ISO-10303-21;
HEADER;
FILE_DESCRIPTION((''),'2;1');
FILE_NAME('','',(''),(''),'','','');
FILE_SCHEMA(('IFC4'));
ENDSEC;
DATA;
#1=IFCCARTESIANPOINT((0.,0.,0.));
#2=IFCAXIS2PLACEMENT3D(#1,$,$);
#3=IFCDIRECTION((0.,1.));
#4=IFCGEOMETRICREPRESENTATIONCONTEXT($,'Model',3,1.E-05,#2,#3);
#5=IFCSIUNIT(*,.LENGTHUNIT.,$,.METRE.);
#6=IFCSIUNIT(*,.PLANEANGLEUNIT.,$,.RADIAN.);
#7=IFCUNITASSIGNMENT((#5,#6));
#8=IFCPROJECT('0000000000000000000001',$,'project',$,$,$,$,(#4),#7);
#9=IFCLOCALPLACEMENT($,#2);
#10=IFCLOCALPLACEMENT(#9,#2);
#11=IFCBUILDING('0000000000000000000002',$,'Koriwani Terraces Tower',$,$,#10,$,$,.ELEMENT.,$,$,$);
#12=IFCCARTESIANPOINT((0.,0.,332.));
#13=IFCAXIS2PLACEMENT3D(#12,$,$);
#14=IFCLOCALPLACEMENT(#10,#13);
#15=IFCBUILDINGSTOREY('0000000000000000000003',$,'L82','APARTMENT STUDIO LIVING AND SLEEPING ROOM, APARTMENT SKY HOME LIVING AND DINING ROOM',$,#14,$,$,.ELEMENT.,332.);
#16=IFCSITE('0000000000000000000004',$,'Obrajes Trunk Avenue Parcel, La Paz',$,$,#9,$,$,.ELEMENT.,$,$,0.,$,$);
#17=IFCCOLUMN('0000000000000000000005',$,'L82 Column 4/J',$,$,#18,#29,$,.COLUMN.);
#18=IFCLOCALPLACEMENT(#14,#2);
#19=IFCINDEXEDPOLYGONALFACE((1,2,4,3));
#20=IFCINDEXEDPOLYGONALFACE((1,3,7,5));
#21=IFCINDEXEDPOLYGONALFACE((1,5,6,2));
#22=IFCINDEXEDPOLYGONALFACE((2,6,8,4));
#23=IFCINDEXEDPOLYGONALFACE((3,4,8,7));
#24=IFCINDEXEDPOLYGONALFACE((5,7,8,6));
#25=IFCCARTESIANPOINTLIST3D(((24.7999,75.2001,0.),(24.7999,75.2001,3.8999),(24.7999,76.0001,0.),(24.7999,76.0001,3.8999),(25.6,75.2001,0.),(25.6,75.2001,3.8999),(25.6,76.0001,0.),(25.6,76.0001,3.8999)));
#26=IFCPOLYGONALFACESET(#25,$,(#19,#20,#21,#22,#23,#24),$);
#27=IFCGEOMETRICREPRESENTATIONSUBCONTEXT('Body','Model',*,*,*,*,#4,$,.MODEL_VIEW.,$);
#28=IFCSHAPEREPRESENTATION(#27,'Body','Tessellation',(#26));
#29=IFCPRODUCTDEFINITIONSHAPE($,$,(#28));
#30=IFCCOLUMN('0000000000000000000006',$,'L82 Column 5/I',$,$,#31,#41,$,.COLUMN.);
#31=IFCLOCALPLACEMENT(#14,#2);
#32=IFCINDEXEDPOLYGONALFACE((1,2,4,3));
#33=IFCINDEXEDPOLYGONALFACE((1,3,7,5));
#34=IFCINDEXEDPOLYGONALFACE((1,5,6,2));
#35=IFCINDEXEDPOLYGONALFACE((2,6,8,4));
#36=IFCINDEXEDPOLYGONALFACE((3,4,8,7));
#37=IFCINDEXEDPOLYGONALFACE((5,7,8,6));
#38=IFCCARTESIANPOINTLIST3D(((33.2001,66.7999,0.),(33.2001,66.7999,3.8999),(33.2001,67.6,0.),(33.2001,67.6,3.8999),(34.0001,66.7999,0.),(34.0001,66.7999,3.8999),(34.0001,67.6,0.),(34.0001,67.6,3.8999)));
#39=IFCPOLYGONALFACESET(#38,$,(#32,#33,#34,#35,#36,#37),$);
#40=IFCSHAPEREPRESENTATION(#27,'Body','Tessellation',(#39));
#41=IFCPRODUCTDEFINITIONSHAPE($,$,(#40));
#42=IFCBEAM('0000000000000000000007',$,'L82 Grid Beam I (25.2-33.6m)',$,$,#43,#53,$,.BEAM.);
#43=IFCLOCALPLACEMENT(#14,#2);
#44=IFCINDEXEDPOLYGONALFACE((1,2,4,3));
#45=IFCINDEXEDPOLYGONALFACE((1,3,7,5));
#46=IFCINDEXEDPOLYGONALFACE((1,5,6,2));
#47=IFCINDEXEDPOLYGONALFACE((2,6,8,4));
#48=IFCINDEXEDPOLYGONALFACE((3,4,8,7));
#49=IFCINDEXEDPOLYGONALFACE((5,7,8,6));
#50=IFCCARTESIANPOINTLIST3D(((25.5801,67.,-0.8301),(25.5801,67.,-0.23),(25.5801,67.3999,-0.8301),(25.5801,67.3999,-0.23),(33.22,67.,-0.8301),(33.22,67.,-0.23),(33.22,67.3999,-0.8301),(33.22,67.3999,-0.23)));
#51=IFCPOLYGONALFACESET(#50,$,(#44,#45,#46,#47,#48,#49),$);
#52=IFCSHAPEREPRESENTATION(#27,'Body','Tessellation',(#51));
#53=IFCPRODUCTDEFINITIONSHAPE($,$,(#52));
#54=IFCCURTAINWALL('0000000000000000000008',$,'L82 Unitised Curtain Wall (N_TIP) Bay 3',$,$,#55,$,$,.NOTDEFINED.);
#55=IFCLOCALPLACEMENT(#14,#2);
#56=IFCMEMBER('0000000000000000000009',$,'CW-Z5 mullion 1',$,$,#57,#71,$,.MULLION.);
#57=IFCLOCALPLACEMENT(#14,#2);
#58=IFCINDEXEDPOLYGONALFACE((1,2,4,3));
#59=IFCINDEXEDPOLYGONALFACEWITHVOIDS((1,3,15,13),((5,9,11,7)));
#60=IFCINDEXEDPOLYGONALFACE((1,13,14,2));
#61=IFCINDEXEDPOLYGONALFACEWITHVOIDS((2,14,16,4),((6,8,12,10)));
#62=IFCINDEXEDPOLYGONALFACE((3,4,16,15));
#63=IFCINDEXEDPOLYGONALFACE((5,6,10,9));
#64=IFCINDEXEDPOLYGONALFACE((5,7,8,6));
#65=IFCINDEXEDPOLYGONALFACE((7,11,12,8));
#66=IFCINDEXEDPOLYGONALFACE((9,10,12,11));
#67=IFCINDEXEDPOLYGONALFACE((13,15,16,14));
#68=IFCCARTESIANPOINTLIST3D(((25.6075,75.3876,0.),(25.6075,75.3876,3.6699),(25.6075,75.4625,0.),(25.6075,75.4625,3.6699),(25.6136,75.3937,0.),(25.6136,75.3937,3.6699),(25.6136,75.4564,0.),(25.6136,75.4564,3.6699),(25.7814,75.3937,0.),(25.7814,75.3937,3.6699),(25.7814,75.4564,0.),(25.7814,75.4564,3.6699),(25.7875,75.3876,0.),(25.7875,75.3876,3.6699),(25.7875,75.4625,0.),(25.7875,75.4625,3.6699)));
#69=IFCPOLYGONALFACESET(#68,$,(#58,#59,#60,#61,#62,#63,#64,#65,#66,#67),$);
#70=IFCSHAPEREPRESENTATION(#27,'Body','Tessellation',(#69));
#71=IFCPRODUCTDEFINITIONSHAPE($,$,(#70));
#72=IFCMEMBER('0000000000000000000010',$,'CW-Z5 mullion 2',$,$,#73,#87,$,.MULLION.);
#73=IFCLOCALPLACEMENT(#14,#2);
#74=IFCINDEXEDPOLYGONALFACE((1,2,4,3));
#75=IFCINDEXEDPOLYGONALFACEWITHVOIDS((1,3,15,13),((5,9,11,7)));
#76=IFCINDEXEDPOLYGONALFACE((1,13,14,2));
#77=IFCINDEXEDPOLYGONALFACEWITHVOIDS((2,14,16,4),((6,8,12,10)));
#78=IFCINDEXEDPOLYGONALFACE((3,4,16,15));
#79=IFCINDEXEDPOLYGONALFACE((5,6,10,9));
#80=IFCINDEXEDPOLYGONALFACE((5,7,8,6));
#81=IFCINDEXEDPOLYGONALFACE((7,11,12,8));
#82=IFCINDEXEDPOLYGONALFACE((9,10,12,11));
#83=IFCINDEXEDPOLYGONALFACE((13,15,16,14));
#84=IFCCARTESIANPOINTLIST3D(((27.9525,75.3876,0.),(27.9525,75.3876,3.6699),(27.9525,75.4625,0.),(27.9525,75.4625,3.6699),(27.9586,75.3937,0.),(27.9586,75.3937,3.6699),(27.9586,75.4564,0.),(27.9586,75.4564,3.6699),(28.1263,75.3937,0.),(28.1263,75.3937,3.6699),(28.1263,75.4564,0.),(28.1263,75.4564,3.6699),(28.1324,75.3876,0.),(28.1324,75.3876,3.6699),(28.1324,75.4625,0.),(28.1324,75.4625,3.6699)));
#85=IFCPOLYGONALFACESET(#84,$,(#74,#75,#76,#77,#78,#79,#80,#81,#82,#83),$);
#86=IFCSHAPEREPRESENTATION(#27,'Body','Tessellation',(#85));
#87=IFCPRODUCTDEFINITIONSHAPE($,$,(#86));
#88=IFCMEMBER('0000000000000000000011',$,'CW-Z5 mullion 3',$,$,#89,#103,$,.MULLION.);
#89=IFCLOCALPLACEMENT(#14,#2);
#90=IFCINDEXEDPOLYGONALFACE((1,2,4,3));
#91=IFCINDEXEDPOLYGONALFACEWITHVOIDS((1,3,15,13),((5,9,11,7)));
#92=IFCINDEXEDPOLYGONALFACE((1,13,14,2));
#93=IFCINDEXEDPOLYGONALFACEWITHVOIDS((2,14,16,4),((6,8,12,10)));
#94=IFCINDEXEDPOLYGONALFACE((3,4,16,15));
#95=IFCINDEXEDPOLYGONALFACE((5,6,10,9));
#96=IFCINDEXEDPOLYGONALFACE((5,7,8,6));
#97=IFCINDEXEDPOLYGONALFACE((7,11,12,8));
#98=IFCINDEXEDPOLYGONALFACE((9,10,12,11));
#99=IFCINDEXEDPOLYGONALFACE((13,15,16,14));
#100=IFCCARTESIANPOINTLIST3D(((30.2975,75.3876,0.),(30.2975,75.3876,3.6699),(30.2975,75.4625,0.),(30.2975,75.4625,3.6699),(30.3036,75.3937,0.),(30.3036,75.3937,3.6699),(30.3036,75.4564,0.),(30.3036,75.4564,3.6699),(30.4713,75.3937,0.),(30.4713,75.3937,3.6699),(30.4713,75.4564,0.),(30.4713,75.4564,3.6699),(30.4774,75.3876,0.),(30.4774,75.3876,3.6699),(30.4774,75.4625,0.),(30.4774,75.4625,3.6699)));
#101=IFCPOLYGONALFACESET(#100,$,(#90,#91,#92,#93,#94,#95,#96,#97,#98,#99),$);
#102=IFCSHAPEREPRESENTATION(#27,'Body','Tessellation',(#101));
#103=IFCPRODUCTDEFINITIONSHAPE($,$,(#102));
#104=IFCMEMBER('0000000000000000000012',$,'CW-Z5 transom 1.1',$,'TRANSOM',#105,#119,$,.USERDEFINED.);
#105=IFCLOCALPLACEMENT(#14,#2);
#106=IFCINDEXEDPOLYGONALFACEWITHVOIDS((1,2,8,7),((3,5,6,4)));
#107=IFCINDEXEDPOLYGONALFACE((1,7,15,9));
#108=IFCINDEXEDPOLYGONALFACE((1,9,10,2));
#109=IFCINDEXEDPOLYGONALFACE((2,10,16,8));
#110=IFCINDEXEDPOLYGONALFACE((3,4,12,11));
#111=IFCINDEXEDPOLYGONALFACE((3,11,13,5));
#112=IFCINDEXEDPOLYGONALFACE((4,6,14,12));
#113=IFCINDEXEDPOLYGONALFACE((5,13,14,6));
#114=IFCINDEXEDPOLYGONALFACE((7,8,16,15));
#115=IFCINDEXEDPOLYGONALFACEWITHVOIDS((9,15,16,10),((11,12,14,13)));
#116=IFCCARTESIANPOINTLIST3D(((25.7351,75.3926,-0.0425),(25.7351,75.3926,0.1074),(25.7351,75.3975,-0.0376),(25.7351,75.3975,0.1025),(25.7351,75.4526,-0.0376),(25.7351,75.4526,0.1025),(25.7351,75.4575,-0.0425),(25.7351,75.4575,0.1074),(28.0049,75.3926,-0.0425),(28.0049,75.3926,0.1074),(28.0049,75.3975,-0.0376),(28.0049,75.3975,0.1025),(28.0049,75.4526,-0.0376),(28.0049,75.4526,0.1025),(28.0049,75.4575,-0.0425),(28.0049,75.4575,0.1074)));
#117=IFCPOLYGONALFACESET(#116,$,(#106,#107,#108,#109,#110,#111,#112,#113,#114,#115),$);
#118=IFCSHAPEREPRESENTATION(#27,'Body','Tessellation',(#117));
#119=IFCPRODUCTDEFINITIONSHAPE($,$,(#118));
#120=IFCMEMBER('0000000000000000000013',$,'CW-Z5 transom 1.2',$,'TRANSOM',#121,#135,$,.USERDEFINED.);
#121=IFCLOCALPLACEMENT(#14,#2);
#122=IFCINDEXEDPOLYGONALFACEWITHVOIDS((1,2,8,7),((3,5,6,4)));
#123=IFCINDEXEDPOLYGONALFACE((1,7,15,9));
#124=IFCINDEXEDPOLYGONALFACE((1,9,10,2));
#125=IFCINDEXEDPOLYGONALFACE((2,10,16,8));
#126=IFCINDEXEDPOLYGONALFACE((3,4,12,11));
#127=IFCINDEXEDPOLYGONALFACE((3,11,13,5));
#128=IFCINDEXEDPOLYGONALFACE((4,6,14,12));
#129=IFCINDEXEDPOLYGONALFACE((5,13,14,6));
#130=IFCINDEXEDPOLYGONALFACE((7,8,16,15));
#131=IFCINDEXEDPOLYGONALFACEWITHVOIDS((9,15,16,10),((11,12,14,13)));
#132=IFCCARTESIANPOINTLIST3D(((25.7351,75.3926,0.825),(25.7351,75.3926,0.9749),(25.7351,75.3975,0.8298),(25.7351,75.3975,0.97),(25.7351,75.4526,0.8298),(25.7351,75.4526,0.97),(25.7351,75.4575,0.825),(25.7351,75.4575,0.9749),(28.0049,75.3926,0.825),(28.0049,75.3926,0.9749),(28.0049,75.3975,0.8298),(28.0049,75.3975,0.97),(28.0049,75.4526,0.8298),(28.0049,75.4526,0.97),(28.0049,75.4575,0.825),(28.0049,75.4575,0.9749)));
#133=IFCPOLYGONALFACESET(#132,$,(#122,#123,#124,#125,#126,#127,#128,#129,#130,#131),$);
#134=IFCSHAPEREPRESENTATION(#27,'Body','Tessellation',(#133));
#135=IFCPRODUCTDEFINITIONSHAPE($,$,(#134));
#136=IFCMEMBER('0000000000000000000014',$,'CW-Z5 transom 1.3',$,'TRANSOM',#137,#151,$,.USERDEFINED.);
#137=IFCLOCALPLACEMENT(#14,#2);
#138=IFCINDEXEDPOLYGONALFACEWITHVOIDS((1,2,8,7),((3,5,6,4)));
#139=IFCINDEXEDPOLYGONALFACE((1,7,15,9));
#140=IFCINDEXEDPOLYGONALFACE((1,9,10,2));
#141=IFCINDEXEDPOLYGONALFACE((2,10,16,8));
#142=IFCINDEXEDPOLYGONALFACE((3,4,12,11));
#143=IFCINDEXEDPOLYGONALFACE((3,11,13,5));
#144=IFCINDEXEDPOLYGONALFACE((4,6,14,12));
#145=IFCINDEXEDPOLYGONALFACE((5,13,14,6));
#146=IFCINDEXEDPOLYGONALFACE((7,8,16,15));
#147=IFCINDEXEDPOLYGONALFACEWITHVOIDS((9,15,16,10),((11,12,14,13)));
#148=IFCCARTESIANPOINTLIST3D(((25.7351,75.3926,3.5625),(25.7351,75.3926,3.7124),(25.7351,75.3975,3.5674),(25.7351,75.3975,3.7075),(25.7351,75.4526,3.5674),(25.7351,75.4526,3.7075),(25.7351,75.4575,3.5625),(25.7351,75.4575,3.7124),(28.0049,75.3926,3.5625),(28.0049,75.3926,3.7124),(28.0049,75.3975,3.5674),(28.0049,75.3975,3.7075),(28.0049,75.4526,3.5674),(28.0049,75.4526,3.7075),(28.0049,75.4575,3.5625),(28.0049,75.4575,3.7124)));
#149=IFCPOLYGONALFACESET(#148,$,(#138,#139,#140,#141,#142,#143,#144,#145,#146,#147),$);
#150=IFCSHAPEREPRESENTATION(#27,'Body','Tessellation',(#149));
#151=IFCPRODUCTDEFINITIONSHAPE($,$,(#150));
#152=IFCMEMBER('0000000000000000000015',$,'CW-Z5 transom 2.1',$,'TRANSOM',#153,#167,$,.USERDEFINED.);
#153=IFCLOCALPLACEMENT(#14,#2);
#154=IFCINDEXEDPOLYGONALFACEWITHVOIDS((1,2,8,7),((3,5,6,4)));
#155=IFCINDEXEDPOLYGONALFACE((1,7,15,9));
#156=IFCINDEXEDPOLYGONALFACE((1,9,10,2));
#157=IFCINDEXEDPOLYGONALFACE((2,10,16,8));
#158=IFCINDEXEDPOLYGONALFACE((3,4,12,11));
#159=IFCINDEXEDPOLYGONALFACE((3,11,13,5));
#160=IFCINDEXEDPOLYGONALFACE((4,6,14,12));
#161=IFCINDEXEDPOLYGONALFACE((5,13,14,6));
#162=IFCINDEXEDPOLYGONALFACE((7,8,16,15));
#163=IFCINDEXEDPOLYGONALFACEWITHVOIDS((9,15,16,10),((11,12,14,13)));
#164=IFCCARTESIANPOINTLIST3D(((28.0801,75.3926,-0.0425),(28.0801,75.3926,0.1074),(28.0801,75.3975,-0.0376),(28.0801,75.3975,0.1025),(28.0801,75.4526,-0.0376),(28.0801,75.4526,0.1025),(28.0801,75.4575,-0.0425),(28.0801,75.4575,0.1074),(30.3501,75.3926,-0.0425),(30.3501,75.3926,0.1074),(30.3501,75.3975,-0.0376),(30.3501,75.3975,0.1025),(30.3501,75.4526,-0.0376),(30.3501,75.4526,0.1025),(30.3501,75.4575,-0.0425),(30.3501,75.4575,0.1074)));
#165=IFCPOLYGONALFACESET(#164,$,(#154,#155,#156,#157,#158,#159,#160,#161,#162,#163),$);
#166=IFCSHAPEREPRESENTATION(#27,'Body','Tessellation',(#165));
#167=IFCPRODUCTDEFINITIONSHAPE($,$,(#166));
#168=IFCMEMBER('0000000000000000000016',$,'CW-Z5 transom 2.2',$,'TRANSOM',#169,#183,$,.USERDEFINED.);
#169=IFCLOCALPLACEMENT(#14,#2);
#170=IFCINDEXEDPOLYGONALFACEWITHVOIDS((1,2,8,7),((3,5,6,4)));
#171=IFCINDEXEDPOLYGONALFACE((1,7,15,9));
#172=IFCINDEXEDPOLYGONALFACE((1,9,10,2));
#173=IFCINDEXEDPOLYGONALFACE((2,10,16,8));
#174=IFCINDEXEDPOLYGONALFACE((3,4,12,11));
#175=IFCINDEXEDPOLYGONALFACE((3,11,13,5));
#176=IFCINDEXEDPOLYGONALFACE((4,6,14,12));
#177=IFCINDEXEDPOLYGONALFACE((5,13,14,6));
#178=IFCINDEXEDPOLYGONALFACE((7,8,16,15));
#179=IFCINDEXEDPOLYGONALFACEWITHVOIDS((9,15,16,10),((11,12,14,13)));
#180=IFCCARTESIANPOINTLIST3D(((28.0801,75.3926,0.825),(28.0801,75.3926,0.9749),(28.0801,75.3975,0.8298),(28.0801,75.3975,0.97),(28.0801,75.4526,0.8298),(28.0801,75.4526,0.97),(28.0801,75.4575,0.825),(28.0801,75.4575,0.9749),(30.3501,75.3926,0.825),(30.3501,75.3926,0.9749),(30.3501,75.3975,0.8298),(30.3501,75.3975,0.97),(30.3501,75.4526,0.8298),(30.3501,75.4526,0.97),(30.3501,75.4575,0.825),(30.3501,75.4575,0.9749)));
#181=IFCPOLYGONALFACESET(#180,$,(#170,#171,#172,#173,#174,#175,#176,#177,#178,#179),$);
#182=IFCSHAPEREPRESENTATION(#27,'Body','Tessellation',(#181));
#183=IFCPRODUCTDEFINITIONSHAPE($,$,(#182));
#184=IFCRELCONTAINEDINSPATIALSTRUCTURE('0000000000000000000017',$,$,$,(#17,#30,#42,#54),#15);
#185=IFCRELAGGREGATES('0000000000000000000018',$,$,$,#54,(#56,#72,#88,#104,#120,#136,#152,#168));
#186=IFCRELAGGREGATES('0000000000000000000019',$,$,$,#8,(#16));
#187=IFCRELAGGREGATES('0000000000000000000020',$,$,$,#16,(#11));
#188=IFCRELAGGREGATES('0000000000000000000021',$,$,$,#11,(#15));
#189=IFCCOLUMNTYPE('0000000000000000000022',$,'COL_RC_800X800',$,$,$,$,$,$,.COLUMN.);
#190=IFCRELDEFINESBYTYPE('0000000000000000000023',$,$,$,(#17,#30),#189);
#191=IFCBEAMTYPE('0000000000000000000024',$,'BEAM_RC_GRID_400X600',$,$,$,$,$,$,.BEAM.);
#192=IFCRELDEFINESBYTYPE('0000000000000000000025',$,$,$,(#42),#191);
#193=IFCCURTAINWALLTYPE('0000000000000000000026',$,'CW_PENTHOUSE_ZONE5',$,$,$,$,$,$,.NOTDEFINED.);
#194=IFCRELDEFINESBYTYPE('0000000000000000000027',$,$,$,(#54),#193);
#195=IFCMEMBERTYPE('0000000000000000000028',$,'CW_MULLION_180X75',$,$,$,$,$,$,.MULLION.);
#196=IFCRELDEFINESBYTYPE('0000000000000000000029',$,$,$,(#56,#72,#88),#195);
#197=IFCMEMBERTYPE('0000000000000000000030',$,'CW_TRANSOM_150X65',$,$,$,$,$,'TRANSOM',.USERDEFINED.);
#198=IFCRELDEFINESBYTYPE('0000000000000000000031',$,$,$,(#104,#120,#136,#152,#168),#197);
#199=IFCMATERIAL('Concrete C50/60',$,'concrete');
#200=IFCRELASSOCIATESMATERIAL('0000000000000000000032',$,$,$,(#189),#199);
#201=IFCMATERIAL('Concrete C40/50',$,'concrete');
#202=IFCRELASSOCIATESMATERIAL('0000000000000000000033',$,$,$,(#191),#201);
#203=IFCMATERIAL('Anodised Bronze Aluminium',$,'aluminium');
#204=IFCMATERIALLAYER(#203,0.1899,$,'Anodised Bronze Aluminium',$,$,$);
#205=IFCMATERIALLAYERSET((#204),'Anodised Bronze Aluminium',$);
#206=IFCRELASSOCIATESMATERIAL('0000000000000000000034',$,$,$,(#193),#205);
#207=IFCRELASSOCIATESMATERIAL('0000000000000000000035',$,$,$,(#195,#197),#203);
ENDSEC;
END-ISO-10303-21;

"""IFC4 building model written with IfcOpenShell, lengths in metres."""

from ifc_helpers import new_model, si_unit, direction, frame, origin, origin_2d, place, context, subcontext, project, spatial, rectangle, hollow_rectangle, extrude, material, layer, layer_set, material_profile, profile_set, type_object, element, aggregate, save


model = new_model("IFC4")

# Units and contexts
model_context = context("Model", 3, precision=1e-05, world=origin(), true_north=direction((0.0, 1.0)))
body_context = subcontext(model_context, "Body", "Model", "MODEL_VIEW")
ifc_project = project(units=[si_unit("LENGTHUNIT", "METRE"), si_unit("PLANEANGLEUNIT", "RADIAN")], contexts=[model_context])

# Site, building, storey
site_placement = place(None, origin())
site = spatial("IfcSite", under=ifc_project, at=site_placement, Name="Obrajes Trunk Avenue Parcel, La Paz", CompositionType="ELEMENT", RefElevation=0.0)
building_placement = place(site_placement, origin())
building = spatial("IfcBuilding", under=site, at=building_placement, Name="Koriwani Terraces Tower", CompositionType="ELEMENT")
storey_placement = place(building_placement, frame((0.0, 0.0, 332.0)))
storey = spatial("IfcBuildingStorey", under=building, at=storey_placement, Name="L82", Description="APARTMENT STUDIO LIVING AND SLEEPING ROOM, APARTMENT SKY HOME LIVING AND DINING ROOM", CompositionType="ELEMENT", Elevation=332.0)

# Columns
ifc_material_1 = material(Name="Concrete C50/60", Category="concrete")
ifc_material_profile_1 = material_profile(ifc_material_1, rectangle(XDim=0.8, YDim=0.8, at=origin_2d()), Name="Concrete C50/60", Category="LoadBearing")
ifc_profile_set_1 = profile_set([ifc_material_profile_1], Name="Concrete C50/60")
column_type = type_object("IfcColumnType", Name="COL_RC_800X800", PredefinedType="COLUMN", material=ifc_profile_set_1)
for number, where, z_axis, x_axis, name in (
    (1, (25.2, 75.6001, 0.0), (0.0, 0.0, 1.0), (1.0, 0.0, 0.0), "L82 Column 4/J"),
    (2, (33.6001, 67.2, 0.0), (0.0, 0.0, 1.0), (1.0, 0.0, 0.0), "L82 Column 5/I"),
):
    element("IfcColumn", number, at=place(storey_placement, frame(where, z_axis=z_axis, x_axis=x_axis)), inside=storey, type_object=column_type, Name=name, PredefinedType="COLUMN", context=body_context, shape_type="SweptSolid", body=[
        extrude(rectangle(XDim=0.8, YDim=0.8, at=origin_2d()), origin(), (0.0, 0.0, 1.0), 3.8999),
    ])

# Beam
ifc_material_2 = material(Name="Concrete C40/50", Category="concrete")
ifc_material_profile_2 = material_profile(ifc_material_2, rectangle(XDim=0.3999, YDim=0.6001, at=origin_2d()), Name="Concrete C40/50", Category="LoadBearing")
ifc_profile_set_2 = profile_set([ifc_material_profile_2], Name="Concrete C40/50")
beam_type = type_object("IfcBeamType", Name="BEAM_RC_GRID_400X600", PredefinedType="BEAM", material=ifc_profile_set_2)
beam_placement = place(storey_placement, frame((25.5801, 67.2, -0.53), z_axis=(1.0, 0.0, 0.0), x_axis=(0.0, 1.0, 0.0)))
element("IfcBeam", 3, at=beam_placement, inside=storey, type_object=beam_type, Name="L82 Grid Beam I (25.2-33.6m)", PredefinedType="BEAM", context=body_context, shape_type="SweptSolid", body=[
    extrude(rectangle(XDim=0.3999, YDim=0.6001, at=origin_2d()), origin(), (0.0, 0.0, 1.0), 7.6399),
])

# Curtain wall, members
ifc_material_3 = material(Name="Anodised Bronze Aluminium", Category="aluminium")
ifc_layer_1 = layer(ifc_material_3, 0.1899, Name="Anodised Bronze Aluminium")
ifc_layer_set_1 = layer_set([ifc_layer_1], Name="Anodised Bronze Aluminium")
curtain_wall_type = type_object("IfcCurtainWallType", Name="CW_PENTHOUSE_ZONE5", PredefinedType="NOTDEFINED", material=ifc_layer_set_1)
curtain_wall_placement = place(storey_placement, origin())
curtain_wall = element("IfcCurtainWall", 4, at=curtain_wall_placement, inside=storey, type_object=curtain_wall_type, Name="L82 Unitised Curtain Wall (N_TIP) Bay 3", PredefinedType="NOTDEFINED")
ifc_material_profile_3 = material_profile(ifc_material_3, hollow_rectangle(XDim=0.075, YDim=0.1799, WallThickness=0.0061, at=origin_2d()), Name="Anodised Bronze Aluminium", Category="LoadBearing")
ifc_profile_set_3 = profile_set([ifc_material_profile_3], Name="Anodised Bronze Aluminium")
member_type_1 = type_object("IfcMemberType", Name="CW_MULLION_180X75", PredefinedType="MULLION", material=ifc_profile_set_3)
member_1_placement = place(storey_placement, frame((25.6975, 75.425, 0.0), z_axis=(0.0, 0.0, 1.0), x_axis=(0.0, 1.0, 0.0)))
member_1 = element("IfcMember", 5, at=member_1_placement, type_object=member_type_1, Name="CW-Z5 mullion 1", PredefinedType="MULLION", context=body_context, shape_type="SweptSolid", body=[
    extrude(hollow_rectangle(XDim=0.075, YDim=0.1799, WallThickness=0.0061, at=origin_2d()), origin(), (0.0, 0.0, 1.0), 3.6699),
])
member_2_placement = place(storey_placement, frame((28.0425, 75.425, 0.0), z_axis=(0.0, 0.0, 1.0), x_axis=(0.0, 1.0, 0.0)))
member_2 = element("IfcMember", 6, at=member_2_placement, type_object=member_type_1, Name="CW-Z5 mullion 2", PredefinedType="MULLION", context=body_context, shape_type="SweptSolid", body=[
    extrude(hollow_rectangle(XDim=0.075, YDim=0.1799, WallThickness=0.0061, at=origin_2d()), origin(), (0.0, 0.0, 1.0), 3.6699),
])
member_3_placement = place(storey_placement, frame((30.3875, 75.425, 0.0), z_axis=(0.0, 0.0, 1.0), x_axis=(0.0, 1.0, 0.0)))
member_3 = element("IfcMember", 7, at=member_3_placement, type_object=member_type_1, Name="CW-Z5 mullion 3", PredefinedType="MULLION", context=body_context, shape_type="SweptSolid", body=[
    extrude(hollow_rectangle(XDim=0.075, YDim=0.1799, WallThickness=0.0061, at=origin_2d()), origin(), (0.0, 0.0, 1.0), 3.6699),
])
ifc_material_profile_4 = material_profile(ifc_material_3, hollow_rectangle(XDim=0.0649, YDim=0.1499, WallThickness=0.0049, at=origin_2d()), Name="Anodised Bronze Aluminium", Category="LoadBearing")
ifc_profile_set_4 = profile_set([ifc_material_profile_4], Name="Anodised Bronze Aluminium")
member_type_2 = type_object("IfcMemberType", Name="CW_TRANSOM_150X65", ElementType="TRANSOM", PredefinedType="USERDEFINED", material=ifc_profile_set_4)
member_4_placement = place(storey_placement, frame((25.7351, 75.425, 0.0325), z_axis=(1.0, 0.0, 0.0), x_axis=(0.0, 1.0, 0.0)))
member_4 = element("IfcMember", 8, at=member_4_placement, type_object=member_type_2, Name="CW-Z5 transom 1.1", ObjectType="TRANSOM", PredefinedType="USERDEFINED", context=body_context, shape_type="SweptSolid", body=[
    extrude(hollow_rectangle(XDim=0.0649, YDim=0.1499, WallThickness=0.0049, at=origin_2d()), origin(), (0.0, 0.0, 1.0), 2.2698),
])
member_5_placement = place(storey_placement, frame((25.7351, 75.425, 0.8999), z_axis=(1.0, 0.0, 0.0), x_axis=(0.0, 1.0, 0.0)))
member_5 = element("IfcMember", 9, at=member_5_placement, type_object=member_type_2, Name="CW-Z5 transom 1.2", ObjectType="TRANSOM", PredefinedType="USERDEFINED", context=body_context, shape_type="SweptSolid", body=[
    extrude(hollow_rectangle(XDim=0.0649, YDim=0.1499, WallThickness=0.0049, at=origin_2d()), origin(), (0.0, 0.0, 1.0), 2.2698),
])
member_6_placement = place(storey_placement, frame((25.7351, 75.425, 3.6375), z_axis=(1.0, 0.0, 0.0), x_axis=(0.0, 1.0, 0.0)))
member_6 = element("IfcMember", 10, at=member_6_placement, type_object=member_type_2, Name="CW-Z5 transom 1.3", ObjectType="TRANSOM", PredefinedType="USERDEFINED", context=body_context, shape_type="SweptSolid", body=[
    extrude(hollow_rectangle(XDim=0.0649, YDim=0.1499, WallThickness=0.0049, at=origin_2d()), origin(), (0.0, 0.0, 1.0), 2.2698),
])
member_7_placement = place(storey_placement, frame((28.0801, 75.425, 0.0325), z_axis=(1.0, 0.0, 0.0), x_axis=(0.0, 1.0, 0.0)))
member_7 = element("IfcMember", 11, at=member_7_placement, type_object=member_type_2, Name="CW-Z5 transom 2.1", ObjectType="TRANSOM", PredefinedType="USERDEFINED", context=body_context, shape_type="SweptSolid", body=[
    extrude(hollow_rectangle(XDim=0.0649, YDim=0.1499, WallThickness=0.0049, at=origin_2d()), origin(), (0.0, 0.0, 1.0), 2.27),
])
member_8_placement = place(storey_placement, frame((28.0801, 75.425, 0.8999), z_axis=(1.0, 0.0, 0.0), x_axis=(0.0, 1.0, 0.0)))
member_8 = element("IfcMember", 12, at=member_8_placement, type_object=member_type_2, Name="CW-Z5 transom 2.2", ObjectType="TRANSOM", PredefinedType="USERDEFINED", context=body_context, shape_type="SweptSolid", body=[
    extrude(hollow_rectangle(XDim=0.0649, YDim=0.1499, WallThickness=0.0049, at=origin_2d()), origin(), (0.0, 0.0, 1.0), 2.27),
])
aggregate(curtain_wall, [member_1, member_2, member_3, member_4, member_5, member_6, member_7, member_8])

save(model, "model.ifc")
